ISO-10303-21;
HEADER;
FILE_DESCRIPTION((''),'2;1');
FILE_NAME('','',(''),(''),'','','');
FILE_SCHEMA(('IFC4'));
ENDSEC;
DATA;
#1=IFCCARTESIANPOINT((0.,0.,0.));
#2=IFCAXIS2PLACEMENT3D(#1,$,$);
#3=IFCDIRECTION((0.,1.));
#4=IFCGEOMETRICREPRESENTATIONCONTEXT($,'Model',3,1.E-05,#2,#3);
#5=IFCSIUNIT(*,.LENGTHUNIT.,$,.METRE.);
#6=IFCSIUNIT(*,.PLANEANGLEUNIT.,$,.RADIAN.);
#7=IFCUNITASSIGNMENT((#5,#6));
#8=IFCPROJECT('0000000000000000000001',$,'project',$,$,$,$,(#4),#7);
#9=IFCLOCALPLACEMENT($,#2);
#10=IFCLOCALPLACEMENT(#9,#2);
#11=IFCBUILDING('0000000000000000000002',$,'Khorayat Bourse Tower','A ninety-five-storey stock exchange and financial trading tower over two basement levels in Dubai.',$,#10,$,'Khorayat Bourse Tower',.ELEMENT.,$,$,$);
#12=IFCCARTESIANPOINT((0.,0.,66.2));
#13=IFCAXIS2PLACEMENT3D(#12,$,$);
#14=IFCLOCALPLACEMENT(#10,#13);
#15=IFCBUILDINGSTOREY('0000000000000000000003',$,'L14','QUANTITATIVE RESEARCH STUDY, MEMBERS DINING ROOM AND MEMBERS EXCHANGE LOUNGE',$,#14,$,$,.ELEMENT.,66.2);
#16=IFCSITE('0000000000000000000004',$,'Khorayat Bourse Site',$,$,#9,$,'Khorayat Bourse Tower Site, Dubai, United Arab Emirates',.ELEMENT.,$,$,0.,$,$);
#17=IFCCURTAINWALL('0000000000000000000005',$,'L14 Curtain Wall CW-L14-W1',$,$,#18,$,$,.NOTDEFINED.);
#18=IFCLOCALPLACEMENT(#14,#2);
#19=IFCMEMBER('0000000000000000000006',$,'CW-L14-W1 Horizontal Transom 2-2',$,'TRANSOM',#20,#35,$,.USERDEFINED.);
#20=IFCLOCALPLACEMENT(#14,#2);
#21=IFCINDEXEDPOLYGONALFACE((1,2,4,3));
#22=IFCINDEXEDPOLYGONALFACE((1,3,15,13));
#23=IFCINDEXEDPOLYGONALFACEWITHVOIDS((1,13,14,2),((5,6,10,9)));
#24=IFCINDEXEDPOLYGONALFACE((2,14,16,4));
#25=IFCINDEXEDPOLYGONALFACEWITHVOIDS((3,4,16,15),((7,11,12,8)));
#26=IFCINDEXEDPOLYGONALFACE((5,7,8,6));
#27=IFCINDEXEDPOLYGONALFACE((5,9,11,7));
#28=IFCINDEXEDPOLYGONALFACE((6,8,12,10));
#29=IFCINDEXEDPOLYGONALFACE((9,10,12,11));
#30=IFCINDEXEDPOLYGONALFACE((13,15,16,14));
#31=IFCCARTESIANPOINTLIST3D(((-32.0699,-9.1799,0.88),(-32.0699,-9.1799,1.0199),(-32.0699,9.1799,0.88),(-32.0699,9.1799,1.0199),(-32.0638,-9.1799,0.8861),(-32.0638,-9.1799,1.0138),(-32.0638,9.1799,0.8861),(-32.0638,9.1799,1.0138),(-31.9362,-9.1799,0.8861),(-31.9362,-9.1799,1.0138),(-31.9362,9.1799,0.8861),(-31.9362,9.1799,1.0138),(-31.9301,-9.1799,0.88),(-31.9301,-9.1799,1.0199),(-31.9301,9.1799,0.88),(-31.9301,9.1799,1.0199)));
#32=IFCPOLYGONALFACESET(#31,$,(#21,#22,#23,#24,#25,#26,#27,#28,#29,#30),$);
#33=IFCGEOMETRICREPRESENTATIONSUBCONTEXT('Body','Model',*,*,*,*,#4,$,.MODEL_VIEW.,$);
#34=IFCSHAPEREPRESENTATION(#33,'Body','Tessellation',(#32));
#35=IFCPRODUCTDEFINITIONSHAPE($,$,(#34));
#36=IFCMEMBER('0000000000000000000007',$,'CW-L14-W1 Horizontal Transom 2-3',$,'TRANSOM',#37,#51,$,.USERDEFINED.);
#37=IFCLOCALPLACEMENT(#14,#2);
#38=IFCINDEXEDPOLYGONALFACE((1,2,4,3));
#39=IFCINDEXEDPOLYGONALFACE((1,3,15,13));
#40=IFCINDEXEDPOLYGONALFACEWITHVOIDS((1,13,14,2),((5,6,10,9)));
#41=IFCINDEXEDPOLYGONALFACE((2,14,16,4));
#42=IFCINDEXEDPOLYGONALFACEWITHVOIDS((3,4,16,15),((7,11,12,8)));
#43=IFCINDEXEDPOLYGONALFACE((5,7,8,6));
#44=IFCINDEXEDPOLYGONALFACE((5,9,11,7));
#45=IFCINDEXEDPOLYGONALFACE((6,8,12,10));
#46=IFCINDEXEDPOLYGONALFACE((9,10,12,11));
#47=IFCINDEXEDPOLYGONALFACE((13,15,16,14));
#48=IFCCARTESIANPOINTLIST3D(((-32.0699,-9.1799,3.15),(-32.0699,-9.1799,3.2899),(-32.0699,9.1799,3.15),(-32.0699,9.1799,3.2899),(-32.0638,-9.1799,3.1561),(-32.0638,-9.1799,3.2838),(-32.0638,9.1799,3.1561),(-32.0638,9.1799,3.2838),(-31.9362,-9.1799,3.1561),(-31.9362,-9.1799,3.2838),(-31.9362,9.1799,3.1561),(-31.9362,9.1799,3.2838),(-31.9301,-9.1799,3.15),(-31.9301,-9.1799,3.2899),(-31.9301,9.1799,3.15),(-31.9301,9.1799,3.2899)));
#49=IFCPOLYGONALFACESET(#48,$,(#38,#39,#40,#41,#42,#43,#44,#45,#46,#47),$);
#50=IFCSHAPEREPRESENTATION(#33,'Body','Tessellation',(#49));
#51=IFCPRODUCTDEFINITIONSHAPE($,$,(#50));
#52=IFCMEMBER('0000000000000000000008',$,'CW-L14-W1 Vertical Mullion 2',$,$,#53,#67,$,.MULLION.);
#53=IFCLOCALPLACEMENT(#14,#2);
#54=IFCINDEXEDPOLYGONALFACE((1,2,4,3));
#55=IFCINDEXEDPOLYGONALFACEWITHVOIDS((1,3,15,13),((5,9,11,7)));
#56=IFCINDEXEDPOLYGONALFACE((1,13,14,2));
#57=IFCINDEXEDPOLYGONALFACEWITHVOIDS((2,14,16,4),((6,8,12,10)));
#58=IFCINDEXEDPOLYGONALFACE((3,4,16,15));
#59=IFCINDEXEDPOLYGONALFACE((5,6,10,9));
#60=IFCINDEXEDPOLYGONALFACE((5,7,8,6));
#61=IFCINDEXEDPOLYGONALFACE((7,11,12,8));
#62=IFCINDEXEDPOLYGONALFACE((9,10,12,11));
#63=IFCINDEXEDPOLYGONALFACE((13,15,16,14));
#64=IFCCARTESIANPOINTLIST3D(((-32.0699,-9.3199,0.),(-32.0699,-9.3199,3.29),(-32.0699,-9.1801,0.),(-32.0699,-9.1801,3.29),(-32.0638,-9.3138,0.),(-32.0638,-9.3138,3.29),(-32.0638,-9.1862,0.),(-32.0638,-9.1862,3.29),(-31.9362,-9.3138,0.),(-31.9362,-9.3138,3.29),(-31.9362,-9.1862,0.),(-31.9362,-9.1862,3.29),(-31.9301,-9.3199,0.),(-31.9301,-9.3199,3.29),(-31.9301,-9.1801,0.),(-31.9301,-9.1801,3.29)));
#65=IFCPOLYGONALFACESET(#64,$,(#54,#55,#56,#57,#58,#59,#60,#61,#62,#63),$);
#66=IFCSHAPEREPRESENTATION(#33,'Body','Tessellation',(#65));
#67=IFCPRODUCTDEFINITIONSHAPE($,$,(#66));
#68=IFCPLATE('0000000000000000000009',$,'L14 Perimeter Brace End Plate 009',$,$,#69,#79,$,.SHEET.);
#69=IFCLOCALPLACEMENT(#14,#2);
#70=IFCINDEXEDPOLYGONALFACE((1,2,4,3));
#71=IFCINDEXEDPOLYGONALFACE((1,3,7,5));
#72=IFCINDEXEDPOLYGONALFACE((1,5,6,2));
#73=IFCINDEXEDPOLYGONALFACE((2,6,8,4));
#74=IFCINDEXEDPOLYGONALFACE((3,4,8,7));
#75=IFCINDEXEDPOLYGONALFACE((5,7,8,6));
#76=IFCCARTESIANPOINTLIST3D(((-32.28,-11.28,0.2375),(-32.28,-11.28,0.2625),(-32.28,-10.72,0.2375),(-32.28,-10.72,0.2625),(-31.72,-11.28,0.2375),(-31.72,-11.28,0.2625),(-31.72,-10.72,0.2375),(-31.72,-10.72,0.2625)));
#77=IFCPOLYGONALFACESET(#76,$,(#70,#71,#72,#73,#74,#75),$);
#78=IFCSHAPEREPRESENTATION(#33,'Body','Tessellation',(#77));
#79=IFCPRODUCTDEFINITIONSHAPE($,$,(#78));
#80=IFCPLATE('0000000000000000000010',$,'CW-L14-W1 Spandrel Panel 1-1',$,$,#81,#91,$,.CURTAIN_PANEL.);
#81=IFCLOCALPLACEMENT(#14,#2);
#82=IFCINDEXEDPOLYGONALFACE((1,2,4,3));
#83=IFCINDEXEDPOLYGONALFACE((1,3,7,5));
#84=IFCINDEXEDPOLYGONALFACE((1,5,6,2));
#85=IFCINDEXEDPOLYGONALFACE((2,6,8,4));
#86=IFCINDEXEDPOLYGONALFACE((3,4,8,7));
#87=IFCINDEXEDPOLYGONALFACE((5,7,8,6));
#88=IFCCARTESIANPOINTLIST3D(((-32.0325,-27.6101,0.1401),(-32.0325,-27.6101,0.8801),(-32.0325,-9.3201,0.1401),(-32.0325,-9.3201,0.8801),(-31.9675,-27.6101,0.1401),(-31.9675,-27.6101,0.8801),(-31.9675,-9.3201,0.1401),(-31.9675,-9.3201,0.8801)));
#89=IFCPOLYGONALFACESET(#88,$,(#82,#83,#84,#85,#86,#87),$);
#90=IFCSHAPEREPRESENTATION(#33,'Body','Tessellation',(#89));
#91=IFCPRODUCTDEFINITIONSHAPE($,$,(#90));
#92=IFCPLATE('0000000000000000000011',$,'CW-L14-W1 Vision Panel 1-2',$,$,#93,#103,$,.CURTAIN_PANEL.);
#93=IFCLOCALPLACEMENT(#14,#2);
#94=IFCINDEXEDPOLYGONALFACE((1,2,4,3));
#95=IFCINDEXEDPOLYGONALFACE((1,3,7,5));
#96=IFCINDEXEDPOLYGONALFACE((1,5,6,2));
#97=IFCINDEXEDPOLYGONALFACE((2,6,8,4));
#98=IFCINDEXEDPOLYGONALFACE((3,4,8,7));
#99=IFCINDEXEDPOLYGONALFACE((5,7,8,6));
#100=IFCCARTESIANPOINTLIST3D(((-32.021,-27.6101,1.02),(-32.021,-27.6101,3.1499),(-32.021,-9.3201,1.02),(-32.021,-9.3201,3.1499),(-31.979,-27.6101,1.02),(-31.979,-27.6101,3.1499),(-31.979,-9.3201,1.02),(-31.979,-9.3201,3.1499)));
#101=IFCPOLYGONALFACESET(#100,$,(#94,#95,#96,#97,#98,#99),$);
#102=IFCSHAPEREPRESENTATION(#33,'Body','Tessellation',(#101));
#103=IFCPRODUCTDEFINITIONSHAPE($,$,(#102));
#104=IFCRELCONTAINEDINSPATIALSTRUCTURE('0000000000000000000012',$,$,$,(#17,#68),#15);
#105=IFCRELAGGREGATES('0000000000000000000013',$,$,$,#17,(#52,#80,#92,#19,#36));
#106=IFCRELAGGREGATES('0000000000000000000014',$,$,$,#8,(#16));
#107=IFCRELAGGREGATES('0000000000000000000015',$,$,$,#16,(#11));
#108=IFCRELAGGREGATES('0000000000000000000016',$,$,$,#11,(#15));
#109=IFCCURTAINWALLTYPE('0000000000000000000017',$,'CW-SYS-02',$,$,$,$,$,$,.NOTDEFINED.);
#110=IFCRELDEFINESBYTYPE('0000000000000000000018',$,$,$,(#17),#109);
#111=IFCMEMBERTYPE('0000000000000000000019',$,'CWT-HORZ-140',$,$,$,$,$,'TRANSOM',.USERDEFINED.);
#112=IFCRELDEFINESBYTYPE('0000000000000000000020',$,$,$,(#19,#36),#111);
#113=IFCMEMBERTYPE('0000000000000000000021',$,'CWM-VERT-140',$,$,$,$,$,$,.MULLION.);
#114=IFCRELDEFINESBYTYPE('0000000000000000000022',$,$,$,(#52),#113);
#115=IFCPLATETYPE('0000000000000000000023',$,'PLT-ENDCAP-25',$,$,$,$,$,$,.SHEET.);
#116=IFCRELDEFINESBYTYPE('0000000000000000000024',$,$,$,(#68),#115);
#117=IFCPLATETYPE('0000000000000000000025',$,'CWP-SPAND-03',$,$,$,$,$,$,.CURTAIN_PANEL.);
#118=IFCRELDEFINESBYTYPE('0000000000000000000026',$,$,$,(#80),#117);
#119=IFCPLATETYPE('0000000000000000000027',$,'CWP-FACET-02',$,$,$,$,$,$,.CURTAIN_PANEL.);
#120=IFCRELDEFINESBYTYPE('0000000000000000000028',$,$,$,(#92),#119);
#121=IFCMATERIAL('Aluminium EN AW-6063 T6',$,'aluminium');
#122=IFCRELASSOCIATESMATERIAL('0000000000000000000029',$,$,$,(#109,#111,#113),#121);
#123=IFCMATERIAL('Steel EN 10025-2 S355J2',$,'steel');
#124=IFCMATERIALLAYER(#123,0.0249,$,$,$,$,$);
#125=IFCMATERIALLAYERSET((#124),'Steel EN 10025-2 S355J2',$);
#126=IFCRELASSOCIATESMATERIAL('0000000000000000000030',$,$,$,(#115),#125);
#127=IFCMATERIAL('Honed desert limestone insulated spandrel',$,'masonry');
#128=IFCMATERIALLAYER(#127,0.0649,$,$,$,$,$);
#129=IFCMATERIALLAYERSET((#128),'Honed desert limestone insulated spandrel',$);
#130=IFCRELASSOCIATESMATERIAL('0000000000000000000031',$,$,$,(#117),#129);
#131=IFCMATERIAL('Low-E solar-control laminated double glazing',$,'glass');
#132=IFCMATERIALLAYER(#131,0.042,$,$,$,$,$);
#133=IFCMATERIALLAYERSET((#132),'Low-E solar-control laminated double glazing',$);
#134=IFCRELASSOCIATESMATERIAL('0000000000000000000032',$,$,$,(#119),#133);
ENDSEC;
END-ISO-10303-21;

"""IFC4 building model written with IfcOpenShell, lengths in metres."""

from ifc_helpers import new_model, si_unit, direction, frame, origin, origin_2d, place, context, subcontext, project, spatial, rectangle, hollow_rectangle, extrude, source, transform, mapped, material, layer, layer_set, material_profile, profile_set, type_object, element, aggregate, save


model = new_model("IFC4")

# Units and contexts
model_context = context("Model", 3, precision=1e-05, world=origin(), true_north=direction((0.0, 1.0)))
body_context = subcontext(model_context, "Body", "Model", "MODEL_VIEW")
ifc_project = project(units=[si_unit("LENGTHUNIT", "METRE"), si_unit("PLANEANGLEUNIT", "RADIAN")], contexts=[model_context])

# Site, building, storey
site_placement = place(None, origin())
site = spatial("IfcSite", under=ifc_project, at=site_placement, Name="Khorayat Bourse Site", LongName="Khorayat Bourse Tower Site, Dubai, United Arab Emirates", CompositionType="ELEMENT", RefElevation=0.0)
building_placement = place(site_placement, origin())
building = spatial("IfcBuilding", under=site, at=building_placement, Name="Khorayat Bourse Tower", Description="A ninety-five-storey stock exchange and financial trading tower over two basement levels in Dubai.", LongName="Khorayat Bourse Tower", CompositionType="ELEMENT")
storey_placement = place(building_placement, frame((0.0, 0.0, 66.2)))
storey = spatial("IfcBuildingStorey", under=building, at=storey_placement, Name="L14", Description="QUANTITATIVE RESEARCH STUDY, MEMBERS DINING ROOM AND MEMBERS EXCHANGE LOUNGE", CompositionType="ELEMENT", Elevation=66.2)

# Curtain wall, members
ifc_material_1 = material(Name="Aluminium EN AW-6063 T6", Category="aluminium")
curtain_wall_type = type_object("IfcCurtainWallType", Name="CW-SYS-02", PredefinedType="NOTDEFINED", material=ifc_material_1)
curtain_wall_placement = place(storey_placement, origin())
curtain_wall = element("IfcCurtainWall", 1, at=curtain_wall_placement, inside=storey, type_object=curtain_wall_type, Name="L14 Curtain Wall CW-L14-W1", PredefinedType="NOTDEFINED")
ifc_material_profile_1 = material_profile(ifc_material_1, hollow_rectangle(XDim=0.1399, YDim=0.1399, WallThickness=0.0061, at=origin_2d()), Name="ALU 140x140x6")
ifc_profile_set_1 = profile_set([ifc_material_profile_1], Name="Aluminium EN AW-6063 T6")
member_type_1 = type_object("IfcMemberType", Name="CWT-HORZ-140", ElementType="TRANSOM", PredefinedType="USERDEFINED", material=ifc_profile_set_1)
shared_shape_1 = source(origin(), body_context, "Body", "SweptSolid", [
    extrude(hollow_rectangle(XDim=0.1399, YDim=0.1399, WallThickness=0.0061, at=origin_2d()), origin(), (0.0, 0.0, 1.0), 18.3599),
])
member_1_placement = place(storey_placement, frame((-32.0, -9.1799, 0.95), z_axis=(0.0, 1.0, 0.0), x_axis=(-1.0, 0.0, 0.0)))
member_1 = element("IfcMember", 2, at=member_1_placement, type_object=member_type_1, Name="CW-L14-W1 Horizontal Transom 2-2", ObjectType="TRANSOM", PredefinedType="USERDEFINED", context=body_context, shape_type="MappedRepresentation", body=[
    mapped(shared_shape_1, transform((0.0, 0.0, 0.0), scale=1.0)),
])
member_2_placement = place(storey_placement, frame((-32.0, -9.1799, 3.22), z_axis=(0.0, 1.0, 0.0), x_axis=(-1.0, 0.0, 0.0)))
member_2 = element("IfcMember", 3, at=member_2_placement, type_object=member_type_1, Name="CW-L14-W1 Horizontal Transom 2-3", ObjectType="TRANSOM", PredefinedType="USERDEFINED", context=body_context, shape_type="MappedRepresentation", body=[
    mapped(shared_shape_1, transform((0.0, 0.0, 0.0), scale=1.0)),
])
ifc_material_profile_2 = material_profile(ifc_material_1, hollow_rectangle(XDim=0.1399, YDim=0.1399, WallThickness=0.0061, at=origin_2d()), Name="ALU 140x140x6")
ifc_profile_set_2 = profile_set([ifc_material_profile_2], Name="Aluminium EN AW-6063 T6")
member_type_2 = type_object("IfcMemberType", Name="CWM-VERT-140", PredefinedType="MULLION", material=ifc_profile_set_2)
shared_shape_2 = source(origin(), body_context, "Body", "SweptSolid", [
    extrude(hollow_rectangle(XDim=0.1399, YDim=0.1399, WallThickness=0.0061, at=origin_2d()), origin(), (0.0, 0.0, 1.0), 3.29),
])
member_3_placement = place(storey_placement, frame((-32.0, -9.25, 0.0), z_axis=(0.0, 0.0, 1.0), x_axis=(-1.0, 0.0, 0.0)))
member_3 = element("IfcMember", 4, at=member_3_placement, type_object=member_type_2, Name="CW-L14-W1 Vertical Mullion 2", PredefinedType="MULLION", context=body_context, shape_type="MappedRepresentation", body=[
    mapped(shared_shape_2, transform((0.0, 0.0, 0.0), scale=1.0)),
])

# Plates
ifc_material_2 = material(Name="Steel EN 10025-2 S355J2", Category="steel")
ifc_layer_1 = layer(ifc_material_2, 0.0249)
ifc_layer_set_1 = layer_set([ifc_layer_1], Name="Steel EN 10025-2 S355J2")
plate_type_1 = type_object("IfcPlateType", Name="PLT-ENDCAP-25", PredefinedType="SHEET", material=ifc_layer_set_1)
shared_shape_3 = source(origin(), body_context, "Body", "SweptSolid", [
    extrude(rectangle(XDim=0.5601, YDim=0.5601, at=origin_2d()), origin(), (0.0, 0.0, 1.0), 0.0249),
])
plate_1_placement = place(storey_placement, frame((-32.0, -11.0, 0.2375), z_axis=(0.0, 0.0, 1.0), x_axis=(1.0, 0.0, 0.0)))
element("IfcPlate", 5, at=plate_1_placement, inside=storey, type_object=plate_type_1, Name="L14 Perimeter Brace End Plate 009", PredefinedType="SHEET", context=body_context, shape_type="MappedRepresentation", body=[
    mapped(shared_shape_3, transform((0.0, 0.0, 0.0), scale=1.0)),
])
ifc_material_3 = material(Name="Honed desert limestone insulated spandrel", Category="masonry")
ifc_layer_2 = layer(ifc_material_3, 0.0649)
ifc_layer_set_2 = layer_set([ifc_layer_2], Name="Honed desert limestone insulated spandrel")
plate_type_2 = type_object("IfcPlateType", Name="CWP-SPAND-03", PredefinedType="CURTAIN_PANEL", material=ifc_layer_set_2)
shared_shape_4 = source(origin(), body_context, "Body", "SweptSolid", [
    extrude(rectangle(XDim=18.29, YDim=0.0649, at=origin_2d()), origin(), (0.0, 0.0, 1.0), 0.74),
])
plate_2_placement = place(storey_placement, frame((-32.0, -18.4651, 0.1401), z_axis=(0.0, 0.0, 1.0), x_axis=(0.0, 1.0, 0.0)))
plate_2 = element("IfcPlate", 6, at=plate_2_placement, type_object=plate_type_2, Name="CW-L14-W1 Spandrel Panel 1-1", PredefinedType="CURTAIN_PANEL", context=body_context, shape_type="MappedRepresentation", body=[
    mapped(shared_shape_4, transform((0.0, 0.0, 0.0), scale=1.0)),
])
ifc_material_4 = material(Name="Low-E solar-control laminated double glazing", Category="glass")
ifc_layer_3 = layer(ifc_material_4, 0.042)
ifc_layer_set_3 = layer_set([ifc_layer_3], Name="Low-E solar-control laminated double glazing")
plate_type_3 = type_object("IfcPlateType", Name="CWP-FACET-02", PredefinedType="CURTAIN_PANEL", material=ifc_layer_set_3)
shared_shape_5 = source(origin(), body_context, "Body", "SweptSolid", [
    extrude(rectangle(XDim=18.29, YDim=0.042, at=origin_2d()), origin(), (0.0, 0.0, 1.0), 2.1299),
])
plate_3_placement = place(storey_placement, frame((-32.0, -18.4651, 1.02), z_axis=(0.0, 0.0, 1.0), x_axis=(0.0, 1.0, 0.0)))
plate_3 = element("IfcPlate", 7, at=plate_3_placement, type_object=plate_type_3, Name="CW-L14-W1 Vision Panel 1-2", PredefinedType="CURTAIN_PANEL", context=body_context, shape_type="MappedRepresentation", body=[
    mapped(shared_shape_5, transform((0.0, 0.0, 0.0), scale=1.0)),
])
aggregate(curtain_wall, [member_3, plate_2, plate_3, member_1, member_2])

save(model, "model.ifc")
